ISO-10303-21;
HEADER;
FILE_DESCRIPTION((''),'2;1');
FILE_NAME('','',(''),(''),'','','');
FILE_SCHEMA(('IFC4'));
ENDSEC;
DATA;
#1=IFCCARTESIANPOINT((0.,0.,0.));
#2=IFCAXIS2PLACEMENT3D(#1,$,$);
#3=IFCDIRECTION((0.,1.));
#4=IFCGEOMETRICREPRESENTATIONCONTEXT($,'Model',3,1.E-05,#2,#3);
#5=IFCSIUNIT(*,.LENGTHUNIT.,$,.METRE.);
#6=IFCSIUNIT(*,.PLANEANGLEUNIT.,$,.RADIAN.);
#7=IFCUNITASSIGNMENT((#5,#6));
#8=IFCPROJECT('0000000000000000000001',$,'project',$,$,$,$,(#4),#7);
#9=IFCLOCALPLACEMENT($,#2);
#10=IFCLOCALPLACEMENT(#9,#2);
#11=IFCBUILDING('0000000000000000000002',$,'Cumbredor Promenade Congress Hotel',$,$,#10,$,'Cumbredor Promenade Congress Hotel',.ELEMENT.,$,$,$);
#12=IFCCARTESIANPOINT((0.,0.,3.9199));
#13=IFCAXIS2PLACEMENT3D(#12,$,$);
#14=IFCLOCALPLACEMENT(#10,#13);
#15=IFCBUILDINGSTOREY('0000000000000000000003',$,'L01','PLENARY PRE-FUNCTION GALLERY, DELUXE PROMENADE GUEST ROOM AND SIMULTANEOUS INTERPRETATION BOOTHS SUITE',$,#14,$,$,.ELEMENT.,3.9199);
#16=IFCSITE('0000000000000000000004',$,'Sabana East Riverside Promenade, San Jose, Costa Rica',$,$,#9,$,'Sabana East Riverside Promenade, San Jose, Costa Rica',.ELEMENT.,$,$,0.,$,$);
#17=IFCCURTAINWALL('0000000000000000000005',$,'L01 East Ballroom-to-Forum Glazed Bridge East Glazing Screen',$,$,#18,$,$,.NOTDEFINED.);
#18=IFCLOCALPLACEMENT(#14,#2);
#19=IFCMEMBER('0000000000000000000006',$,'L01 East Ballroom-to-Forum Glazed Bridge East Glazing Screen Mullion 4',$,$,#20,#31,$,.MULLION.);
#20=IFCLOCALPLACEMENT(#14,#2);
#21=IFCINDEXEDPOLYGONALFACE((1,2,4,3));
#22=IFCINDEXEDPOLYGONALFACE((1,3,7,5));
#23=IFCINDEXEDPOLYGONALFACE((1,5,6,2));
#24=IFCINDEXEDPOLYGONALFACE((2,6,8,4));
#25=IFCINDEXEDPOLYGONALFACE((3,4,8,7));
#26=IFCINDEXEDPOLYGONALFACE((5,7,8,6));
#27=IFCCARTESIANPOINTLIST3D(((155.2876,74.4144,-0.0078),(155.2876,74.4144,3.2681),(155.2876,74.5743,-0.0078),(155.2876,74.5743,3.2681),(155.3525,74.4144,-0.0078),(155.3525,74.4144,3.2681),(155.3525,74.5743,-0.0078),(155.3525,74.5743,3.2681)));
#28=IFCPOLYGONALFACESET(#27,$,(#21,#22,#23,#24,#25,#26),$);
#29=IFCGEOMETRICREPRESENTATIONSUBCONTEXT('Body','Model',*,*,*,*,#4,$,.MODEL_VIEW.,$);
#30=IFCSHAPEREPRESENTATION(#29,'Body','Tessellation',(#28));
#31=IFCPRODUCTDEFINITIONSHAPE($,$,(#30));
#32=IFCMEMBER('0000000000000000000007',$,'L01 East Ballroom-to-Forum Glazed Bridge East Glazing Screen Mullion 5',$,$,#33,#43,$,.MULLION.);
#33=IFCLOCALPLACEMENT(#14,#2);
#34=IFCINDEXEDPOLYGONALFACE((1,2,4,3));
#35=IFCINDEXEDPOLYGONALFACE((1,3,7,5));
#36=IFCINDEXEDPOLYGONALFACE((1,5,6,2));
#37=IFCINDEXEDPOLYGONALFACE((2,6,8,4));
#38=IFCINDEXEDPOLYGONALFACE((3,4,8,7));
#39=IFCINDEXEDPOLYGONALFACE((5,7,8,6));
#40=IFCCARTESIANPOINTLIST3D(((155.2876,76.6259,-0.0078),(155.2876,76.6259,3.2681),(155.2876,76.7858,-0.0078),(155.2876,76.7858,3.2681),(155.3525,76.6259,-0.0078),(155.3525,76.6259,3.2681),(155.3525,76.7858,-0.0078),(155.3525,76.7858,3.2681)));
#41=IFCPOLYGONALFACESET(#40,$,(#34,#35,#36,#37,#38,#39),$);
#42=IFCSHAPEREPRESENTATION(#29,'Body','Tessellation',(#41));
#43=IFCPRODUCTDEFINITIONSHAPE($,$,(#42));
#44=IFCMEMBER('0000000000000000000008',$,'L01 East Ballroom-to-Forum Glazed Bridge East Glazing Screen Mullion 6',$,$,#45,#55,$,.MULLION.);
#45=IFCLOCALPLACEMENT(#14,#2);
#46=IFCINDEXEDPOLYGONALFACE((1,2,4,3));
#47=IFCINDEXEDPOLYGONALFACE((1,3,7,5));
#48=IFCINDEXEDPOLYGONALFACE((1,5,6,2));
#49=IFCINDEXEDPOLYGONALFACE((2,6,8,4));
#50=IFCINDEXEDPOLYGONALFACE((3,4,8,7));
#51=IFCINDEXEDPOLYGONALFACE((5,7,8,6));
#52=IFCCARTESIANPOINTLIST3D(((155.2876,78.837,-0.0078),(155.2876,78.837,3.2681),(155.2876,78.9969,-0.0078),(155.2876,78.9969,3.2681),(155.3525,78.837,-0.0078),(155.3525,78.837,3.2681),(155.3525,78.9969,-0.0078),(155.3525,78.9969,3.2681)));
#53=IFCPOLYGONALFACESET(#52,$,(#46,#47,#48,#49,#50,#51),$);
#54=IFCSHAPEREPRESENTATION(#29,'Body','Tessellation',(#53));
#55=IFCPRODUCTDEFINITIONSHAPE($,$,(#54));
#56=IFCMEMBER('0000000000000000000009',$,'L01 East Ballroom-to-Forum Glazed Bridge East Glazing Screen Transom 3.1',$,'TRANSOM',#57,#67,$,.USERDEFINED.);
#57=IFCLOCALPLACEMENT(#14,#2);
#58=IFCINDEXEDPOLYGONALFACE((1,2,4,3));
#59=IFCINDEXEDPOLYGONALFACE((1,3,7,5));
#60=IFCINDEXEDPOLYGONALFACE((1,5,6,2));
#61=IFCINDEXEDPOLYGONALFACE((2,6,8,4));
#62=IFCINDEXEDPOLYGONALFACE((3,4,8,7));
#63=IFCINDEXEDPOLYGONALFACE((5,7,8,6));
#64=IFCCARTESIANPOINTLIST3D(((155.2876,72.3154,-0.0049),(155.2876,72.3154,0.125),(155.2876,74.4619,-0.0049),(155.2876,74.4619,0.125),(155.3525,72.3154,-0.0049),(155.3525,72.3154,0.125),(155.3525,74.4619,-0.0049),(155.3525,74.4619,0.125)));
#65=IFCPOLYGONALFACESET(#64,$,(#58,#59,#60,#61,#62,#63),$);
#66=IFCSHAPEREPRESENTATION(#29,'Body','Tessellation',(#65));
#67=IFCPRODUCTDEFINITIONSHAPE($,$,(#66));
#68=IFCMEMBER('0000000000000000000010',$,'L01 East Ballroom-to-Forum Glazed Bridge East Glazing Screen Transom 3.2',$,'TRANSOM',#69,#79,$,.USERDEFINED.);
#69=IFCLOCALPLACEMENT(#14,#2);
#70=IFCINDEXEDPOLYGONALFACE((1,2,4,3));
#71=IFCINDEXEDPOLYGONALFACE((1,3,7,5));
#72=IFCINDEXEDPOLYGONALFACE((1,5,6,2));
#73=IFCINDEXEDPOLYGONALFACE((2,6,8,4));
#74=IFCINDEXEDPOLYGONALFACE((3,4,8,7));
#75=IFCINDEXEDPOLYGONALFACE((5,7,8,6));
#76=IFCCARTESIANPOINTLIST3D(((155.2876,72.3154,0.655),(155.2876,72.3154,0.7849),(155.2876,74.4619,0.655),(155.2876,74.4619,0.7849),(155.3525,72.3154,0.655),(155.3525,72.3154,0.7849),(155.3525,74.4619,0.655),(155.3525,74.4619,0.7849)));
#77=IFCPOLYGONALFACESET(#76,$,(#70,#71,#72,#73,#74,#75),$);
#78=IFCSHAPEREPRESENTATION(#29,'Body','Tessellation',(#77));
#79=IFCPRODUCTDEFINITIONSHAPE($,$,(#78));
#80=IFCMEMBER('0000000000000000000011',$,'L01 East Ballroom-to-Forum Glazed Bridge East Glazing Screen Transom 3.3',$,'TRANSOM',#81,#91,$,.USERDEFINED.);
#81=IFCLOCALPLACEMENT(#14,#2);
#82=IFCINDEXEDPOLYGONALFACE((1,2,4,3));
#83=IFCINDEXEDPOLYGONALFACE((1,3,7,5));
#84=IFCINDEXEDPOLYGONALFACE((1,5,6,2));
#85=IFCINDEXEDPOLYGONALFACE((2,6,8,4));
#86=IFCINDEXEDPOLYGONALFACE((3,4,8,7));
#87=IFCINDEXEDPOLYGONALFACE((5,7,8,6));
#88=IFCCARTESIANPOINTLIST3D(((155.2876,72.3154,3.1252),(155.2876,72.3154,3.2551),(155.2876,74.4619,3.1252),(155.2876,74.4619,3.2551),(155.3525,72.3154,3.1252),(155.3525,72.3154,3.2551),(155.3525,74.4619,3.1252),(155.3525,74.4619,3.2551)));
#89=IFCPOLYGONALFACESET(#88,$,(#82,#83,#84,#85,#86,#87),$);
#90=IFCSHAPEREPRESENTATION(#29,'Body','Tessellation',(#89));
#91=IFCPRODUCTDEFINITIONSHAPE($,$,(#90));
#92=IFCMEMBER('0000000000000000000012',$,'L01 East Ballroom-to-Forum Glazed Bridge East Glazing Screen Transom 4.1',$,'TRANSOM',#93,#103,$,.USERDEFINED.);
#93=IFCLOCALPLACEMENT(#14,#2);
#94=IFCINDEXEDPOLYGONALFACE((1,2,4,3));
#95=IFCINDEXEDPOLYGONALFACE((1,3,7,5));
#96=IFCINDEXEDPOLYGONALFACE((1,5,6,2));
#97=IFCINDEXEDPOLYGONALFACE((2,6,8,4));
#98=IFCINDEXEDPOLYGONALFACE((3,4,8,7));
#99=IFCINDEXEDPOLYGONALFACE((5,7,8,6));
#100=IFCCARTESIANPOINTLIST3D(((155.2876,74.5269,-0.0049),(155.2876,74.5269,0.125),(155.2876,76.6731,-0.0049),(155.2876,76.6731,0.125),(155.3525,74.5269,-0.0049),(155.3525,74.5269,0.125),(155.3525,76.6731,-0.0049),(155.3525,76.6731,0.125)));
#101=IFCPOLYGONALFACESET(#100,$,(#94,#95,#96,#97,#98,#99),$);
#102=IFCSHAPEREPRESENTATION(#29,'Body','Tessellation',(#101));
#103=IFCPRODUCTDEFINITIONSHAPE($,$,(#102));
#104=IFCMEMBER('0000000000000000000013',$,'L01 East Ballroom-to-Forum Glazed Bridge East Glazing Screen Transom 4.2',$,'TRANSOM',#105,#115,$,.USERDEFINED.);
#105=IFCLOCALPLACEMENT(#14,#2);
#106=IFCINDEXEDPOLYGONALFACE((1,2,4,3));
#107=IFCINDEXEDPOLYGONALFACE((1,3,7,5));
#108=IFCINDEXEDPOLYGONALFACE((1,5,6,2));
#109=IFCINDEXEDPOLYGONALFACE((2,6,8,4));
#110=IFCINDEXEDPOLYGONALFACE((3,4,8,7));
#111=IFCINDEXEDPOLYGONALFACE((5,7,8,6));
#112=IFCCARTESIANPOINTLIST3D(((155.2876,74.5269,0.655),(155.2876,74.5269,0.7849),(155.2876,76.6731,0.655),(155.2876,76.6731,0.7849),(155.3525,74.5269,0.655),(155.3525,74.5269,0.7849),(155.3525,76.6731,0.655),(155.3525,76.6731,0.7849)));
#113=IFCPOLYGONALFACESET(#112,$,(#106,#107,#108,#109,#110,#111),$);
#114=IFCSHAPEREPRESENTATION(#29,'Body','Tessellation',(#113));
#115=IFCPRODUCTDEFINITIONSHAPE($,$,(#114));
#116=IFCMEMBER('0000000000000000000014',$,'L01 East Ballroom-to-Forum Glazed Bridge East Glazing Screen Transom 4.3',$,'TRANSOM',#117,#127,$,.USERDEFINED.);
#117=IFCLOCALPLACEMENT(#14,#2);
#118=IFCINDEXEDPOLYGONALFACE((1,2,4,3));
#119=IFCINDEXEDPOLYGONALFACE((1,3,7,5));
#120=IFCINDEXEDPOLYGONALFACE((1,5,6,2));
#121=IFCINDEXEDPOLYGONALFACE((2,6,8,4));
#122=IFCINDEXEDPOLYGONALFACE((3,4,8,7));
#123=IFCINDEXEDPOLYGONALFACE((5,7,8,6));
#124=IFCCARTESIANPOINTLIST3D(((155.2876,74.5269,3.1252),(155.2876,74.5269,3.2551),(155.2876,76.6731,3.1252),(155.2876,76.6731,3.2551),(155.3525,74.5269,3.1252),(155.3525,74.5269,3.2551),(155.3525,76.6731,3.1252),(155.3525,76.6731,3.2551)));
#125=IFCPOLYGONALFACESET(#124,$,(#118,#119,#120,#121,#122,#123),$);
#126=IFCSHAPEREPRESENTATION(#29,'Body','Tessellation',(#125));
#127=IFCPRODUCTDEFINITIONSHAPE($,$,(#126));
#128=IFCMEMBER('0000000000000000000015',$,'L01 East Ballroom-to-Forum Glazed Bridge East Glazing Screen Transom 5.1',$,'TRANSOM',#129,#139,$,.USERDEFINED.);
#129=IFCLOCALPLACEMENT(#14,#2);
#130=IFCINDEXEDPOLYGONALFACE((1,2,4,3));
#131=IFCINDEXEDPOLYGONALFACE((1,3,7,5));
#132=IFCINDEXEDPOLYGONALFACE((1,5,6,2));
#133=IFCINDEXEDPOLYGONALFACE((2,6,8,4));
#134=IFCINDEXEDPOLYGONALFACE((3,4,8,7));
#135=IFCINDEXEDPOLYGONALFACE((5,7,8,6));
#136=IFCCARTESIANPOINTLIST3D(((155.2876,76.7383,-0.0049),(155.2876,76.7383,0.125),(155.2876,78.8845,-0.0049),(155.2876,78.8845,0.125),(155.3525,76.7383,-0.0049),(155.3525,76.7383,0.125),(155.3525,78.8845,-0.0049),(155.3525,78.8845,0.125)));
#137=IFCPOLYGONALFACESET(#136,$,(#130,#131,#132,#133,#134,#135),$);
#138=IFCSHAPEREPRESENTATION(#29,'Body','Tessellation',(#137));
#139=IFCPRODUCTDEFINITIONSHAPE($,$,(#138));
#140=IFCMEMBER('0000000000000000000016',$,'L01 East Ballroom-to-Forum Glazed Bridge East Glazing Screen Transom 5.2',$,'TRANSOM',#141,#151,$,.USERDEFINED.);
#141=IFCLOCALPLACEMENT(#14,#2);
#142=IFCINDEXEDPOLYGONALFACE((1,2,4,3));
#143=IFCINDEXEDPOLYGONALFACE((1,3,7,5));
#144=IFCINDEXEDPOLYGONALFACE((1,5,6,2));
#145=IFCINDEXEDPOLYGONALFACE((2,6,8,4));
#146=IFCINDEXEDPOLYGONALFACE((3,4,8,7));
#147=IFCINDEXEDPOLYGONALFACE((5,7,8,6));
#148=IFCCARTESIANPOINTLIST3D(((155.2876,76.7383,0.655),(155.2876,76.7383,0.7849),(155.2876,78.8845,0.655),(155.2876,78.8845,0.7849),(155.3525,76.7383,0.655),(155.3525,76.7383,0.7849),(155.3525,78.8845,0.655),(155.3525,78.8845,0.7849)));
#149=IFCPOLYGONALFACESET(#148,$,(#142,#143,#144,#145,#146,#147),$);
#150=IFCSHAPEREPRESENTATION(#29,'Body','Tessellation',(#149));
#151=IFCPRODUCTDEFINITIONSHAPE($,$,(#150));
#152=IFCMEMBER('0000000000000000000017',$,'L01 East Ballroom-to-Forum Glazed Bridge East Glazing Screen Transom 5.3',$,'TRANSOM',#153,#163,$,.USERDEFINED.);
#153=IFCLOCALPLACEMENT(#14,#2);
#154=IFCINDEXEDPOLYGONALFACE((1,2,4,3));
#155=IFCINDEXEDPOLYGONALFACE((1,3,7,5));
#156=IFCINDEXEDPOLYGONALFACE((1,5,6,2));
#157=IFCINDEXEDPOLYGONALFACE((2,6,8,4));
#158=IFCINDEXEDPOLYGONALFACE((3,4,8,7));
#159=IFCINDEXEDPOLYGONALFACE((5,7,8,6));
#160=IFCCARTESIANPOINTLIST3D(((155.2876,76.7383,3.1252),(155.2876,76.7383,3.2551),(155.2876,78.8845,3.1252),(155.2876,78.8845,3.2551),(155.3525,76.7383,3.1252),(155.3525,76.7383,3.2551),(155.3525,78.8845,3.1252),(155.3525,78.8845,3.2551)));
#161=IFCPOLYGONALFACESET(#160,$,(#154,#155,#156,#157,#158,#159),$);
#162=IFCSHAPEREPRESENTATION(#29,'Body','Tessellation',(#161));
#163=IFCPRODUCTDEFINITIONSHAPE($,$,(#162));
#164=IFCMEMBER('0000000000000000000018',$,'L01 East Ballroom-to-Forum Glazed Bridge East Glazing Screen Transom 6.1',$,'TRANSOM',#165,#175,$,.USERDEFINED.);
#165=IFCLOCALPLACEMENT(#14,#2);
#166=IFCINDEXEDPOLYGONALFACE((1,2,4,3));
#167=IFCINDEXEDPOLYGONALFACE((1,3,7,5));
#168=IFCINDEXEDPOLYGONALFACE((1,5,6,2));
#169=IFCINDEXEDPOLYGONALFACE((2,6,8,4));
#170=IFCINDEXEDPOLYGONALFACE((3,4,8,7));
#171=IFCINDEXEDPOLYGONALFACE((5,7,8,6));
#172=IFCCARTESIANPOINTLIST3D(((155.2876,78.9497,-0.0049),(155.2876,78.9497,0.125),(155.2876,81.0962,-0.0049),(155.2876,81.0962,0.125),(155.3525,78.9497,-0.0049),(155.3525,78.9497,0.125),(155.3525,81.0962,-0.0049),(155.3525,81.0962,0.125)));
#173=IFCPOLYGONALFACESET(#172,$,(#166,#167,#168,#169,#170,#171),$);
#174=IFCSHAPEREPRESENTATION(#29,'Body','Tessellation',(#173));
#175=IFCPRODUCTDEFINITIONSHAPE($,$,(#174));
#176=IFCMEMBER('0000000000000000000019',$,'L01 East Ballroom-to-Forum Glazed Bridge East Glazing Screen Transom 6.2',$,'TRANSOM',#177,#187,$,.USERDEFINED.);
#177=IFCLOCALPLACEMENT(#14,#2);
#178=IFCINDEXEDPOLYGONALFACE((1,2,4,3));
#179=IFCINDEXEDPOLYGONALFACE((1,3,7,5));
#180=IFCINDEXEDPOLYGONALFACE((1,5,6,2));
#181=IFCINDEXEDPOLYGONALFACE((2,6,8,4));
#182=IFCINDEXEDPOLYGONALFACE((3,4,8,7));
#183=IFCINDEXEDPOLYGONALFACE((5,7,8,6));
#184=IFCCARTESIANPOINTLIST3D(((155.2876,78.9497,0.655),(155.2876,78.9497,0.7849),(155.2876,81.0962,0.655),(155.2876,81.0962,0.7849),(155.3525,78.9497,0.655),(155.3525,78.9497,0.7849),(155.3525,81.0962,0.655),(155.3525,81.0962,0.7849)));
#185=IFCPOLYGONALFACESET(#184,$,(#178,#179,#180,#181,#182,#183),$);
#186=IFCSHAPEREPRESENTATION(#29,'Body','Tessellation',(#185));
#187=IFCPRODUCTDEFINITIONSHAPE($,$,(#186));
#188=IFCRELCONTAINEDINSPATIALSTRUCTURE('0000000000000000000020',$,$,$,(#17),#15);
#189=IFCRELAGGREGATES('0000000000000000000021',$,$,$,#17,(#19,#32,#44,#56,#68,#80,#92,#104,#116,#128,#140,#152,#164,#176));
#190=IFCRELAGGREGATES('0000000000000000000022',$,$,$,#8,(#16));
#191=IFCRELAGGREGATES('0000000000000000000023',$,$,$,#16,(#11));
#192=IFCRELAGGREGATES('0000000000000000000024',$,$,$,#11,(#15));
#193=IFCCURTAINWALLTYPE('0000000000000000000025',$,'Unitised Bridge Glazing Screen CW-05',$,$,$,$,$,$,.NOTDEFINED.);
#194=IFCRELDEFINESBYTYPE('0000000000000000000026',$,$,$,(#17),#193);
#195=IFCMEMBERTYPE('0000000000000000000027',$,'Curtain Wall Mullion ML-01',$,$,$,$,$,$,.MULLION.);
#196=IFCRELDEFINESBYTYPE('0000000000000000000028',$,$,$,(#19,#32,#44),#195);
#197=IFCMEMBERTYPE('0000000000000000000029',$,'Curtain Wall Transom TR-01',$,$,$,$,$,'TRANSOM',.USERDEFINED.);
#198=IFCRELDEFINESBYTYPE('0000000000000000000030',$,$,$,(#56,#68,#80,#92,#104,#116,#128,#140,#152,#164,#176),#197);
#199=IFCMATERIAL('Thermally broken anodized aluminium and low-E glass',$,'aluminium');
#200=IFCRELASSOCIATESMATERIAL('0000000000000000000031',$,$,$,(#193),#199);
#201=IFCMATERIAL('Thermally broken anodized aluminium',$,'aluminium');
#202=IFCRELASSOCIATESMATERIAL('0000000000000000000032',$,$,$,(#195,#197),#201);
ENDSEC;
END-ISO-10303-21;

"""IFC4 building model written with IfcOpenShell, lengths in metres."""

from ifc_helpers import new_model, si_unit, direction, frame, origin, origin_2d, place, context, subcontext, project, spatial, rectangle, extrude, material, material_profile, profile_set, type_object, element, aggregate, save


model = new_model("IFC4")

# Units and contexts
model_context = context("Model", 3, precision=1e-05, world=origin(), true_north=direction((0.0, 1.0)))
body_context = subcontext(model_context, "Body", "Model", "MODEL_VIEW")
ifc_project = project(units=[si_unit("LENGTHUNIT", "METRE"), si_unit("PLANEANGLEUNIT", "RADIAN")], contexts=[model_context])

# Site, building, storey
site_placement = place(None, origin())
site = spatial("IfcSite", under=ifc_project, at=site_placement, Name="Sabana East Riverside Promenade, San Jose, Costa Rica", LongName="Sabana East Riverside Promenade, San Jose, Costa Rica", CompositionType="ELEMENT", RefElevation=0.0)
building_placement = place(site_placement, origin())
building = spatial("IfcBuilding", under=site, at=building_placement, Name="Cumbredor Promenade Congress Hotel", LongName="Cumbredor Promenade Congress Hotel", CompositionType="ELEMENT")
storey_placement = place(building_placement, frame((0.0, 0.0, 3.9199)))
storey = spatial("IfcBuildingStorey", under=building, at=storey_placement, Name="L01", Description="PLENARY PRE-FUNCTION GALLERY, DELUXE PROMENADE GUEST ROOM AND SIMULTANEOUS INTERPRETATION BOOTHS SUITE", CompositionType="ELEMENT", Elevation=3.9199)

# Curtain wall, members
ifc_material_1 = material(Name="Thermally broken anodized aluminium and low-E glass", Category="aluminium")
curtain_wall_type = type_object("IfcCurtainWallType", Name="Unitised Bridge Glazing Screen CW-05", PredefinedType="NOTDEFINED", material=ifc_material_1)
curtain_wall_placement = place(storey_placement, origin())
curtain_wall = element("IfcCurtainWall", 1, at=curtain_wall_placement, inside=storey, type_object=curtain_wall_type, Name="L01 East Ballroom-to-Forum Glazed Bridge East Glazing Screen", PredefinedType="NOTDEFINED")
ifc_material_2 = material(Name="Thermally broken anodized aluminium", Category="aluminium")
ifc_material_profile_1 = material_profile(ifc_material_2, rectangle(XDim=0.0649, YDim=0.1599, at=origin_2d()), Name="ALU MULLION 65x160")
ifc_profile_set_1 = profile_set([ifc_material_profile_1], Name="Thermally broken anodized aluminium")
member_type_1 = type_object("IfcMemberType", Name="Curtain Wall Mullion ML-01", PredefinedType="MULLION", material=ifc_profile_set_1)
member_1_placement = place(storey_placement, frame((155.3201, 74.4944, -0.0078), z_axis=(0.0, 0.0, 1.0), x_axis=(1.0, 0.0, 0.0)))
member_1 = element("IfcMember", 2, at=member_1_placement, type_object=member_type_1, Name="L01 East Ballroom-to-Forum Glazed Bridge East Glazing Screen Mullion 4", PredefinedType="MULLION", context=body_context, shape_type="SweptSolid", body=[
    extrude(rectangle(XDim=0.0649, YDim=0.1599, at=origin_2d()), origin(), (0.0, 0.0, 1.0), 3.2759),
])
member_2_placement = place(storey_placement, frame((155.3201, 76.7058, -0.0078), z_axis=(0.0, 0.0, 1.0), x_axis=(1.0, 0.0, 0.0)))
member_2 = element("IfcMember", 3, at=member_2_placement, type_object=member_type_1, Name="L01 East Ballroom-to-Forum Glazed Bridge East Glazing Screen Mullion 5", PredefinedType="MULLION", context=body_context, shape_type="SweptSolid", body=[
    extrude(rectangle(XDim=0.0649, YDim=0.1599, at=origin_2d()), origin(), (0.0, 0.0, 1.0), 3.2759),
])
member_3_placement = place(storey_placement, frame((155.3201, 78.917, -0.0078), z_axis=(0.0, 0.0, 1.0), x_axis=(1.0, 0.0, 0.0)))
member_3 = element("IfcMember", 4, at=member_3_placement, type_object=member_type_1, Name="L01 East Ballroom-to-Forum Glazed Bridge East Glazing Screen Mullion 6", PredefinedType="MULLION", context=body_context, shape_type="SweptSolid", body=[
    extrude(rectangle(XDim=0.0649, YDim=0.1599, at=origin_2d()), origin(), (0.0, 0.0, 1.0), 3.2759),
])
ifc_material_profile_2 = material_profile(ifc_material_2, rectangle(XDim=0.0649, YDim=0.1299, at=origin_2d()), Name="ALU TRANSOM 65x130")
ifc_profile_set_2 = profile_set([ifc_material_profile_2], Name="Thermally broken anodized aluminium")
member_type_2 = type_object("IfcMemberType", Name="Curtain Wall Transom TR-01", ElementType="TRANSOM", PredefinedType="USERDEFINED", material=ifc_profile_set_2)
member_4_placement = place(storey_placement, frame((155.3201, 72.3154, 0.0601), z_axis=(0.0, 1.0, 0.0), x_axis=(-1.0, 0.0, 0.0)))
member_4 = element("IfcMember", 5, at=member_4_placement, type_object=member_type_2, Name="L01 East Ballroom-to-Forum Glazed Bridge East Glazing Screen Transom 3.1", ObjectType="TRANSOM", PredefinedType="USERDEFINED", context=body_context, shape_type="SweptSolid", body=[
    extrude(rectangle(XDim=0.0649, YDim=0.1299, at=origin_2d()), origin(), (0.0, 0.0, 1.0), 2.1465),
])
member_5_placement = place(storey_placement, frame((155.3201, 72.3154, 0.72), z_axis=(0.0, 1.0, 0.0), x_axis=(-1.0, 0.0, 0.0)))
member_5 = element("IfcMember", 6, at=member_5_placement, type_object=member_type_2, Name="L01 East Ballroom-to-Forum Glazed Bridge East Glazing Screen Transom 3.2", ObjectType="TRANSOM", PredefinedType="USERDEFINED", context=body_context, shape_type="SweptSolid", body=[
    extrude(rectangle(XDim=0.0649, YDim=0.1299, at=origin_2d()), origin(), (0.0, 0.0, 1.0), 2.1465),
])
member_6_placement = place(storey_placement, frame((155.3201, 72.3154, 3.1902), z_axis=(0.0, 1.0, 0.0), x_axis=(-1.0, 0.0, 0.0)))
member_6 = element("IfcMember", 7, at=member_6_placement, type_object=member_type_2, Name="L01 East Ballroom-to-Forum Glazed Bridge East Glazing Screen Transom 3.3", ObjectType="TRANSOM", PredefinedType="USERDEFINED", context=body_context, shape_type="SweptSolid", body=[
    extrude(rectangle(XDim=0.0649, YDim=0.1299, at=origin_2d()), origin(), (0.0, 0.0, 1.0), 2.1465),
])
member_7_placement = place(storey_placement, frame((155.3201, 74.5269, 0.0601), z_axis=(0.0, 1.0, 0.0), x_axis=(-1.0, 0.0, 0.0)))
member_7 = element("IfcMember", 8, at=member_7_placement, type_object=member_type_2, Name="L01 East Ballroom-to-Forum Glazed Bridge East Glazing Screen Transom 4.1", ObjectType="TRANSOM", PredefinedType="USERDEFINED", context=body_context, shape_type="SweptSolid", body=[
    extrude(rectangle(XDim=0.0649, YDim=0.1299, at=origin_2d()), origin(), (0.0, 0.0, 1.0), 2.1462),
])
member_8_placement = place(storey_placement, frame((155.3201, 74.5269, 0.72), z_axis=(0.0, 1.0, 0.0), x_axis=(-1.0, 0.0, 0.0)))
member_8 = element("IfcMember", 9, at=member_8_placement, type_object=member_type_2, Name="L01 East Ballroom-to-Forum Glazed Bridge East Glazing Screen Transom 4.2", ObjectType="TRANSOM", PredefinedType="USERDEFINED", context=body_context, shape_type="SweptSolid", body=[
    extrude(rectangle(XDim=0.0649, YDim=0.1299, at=origin_2d()), origin(), (0.0, 0.0, 1.0), 2.1462),
])
member_9_placement = place(storey_placement, frame((155.3201, 74.5269, 3.1902), z_axis=(0.0, 1.0, 0.0), x_axis=(-1.0, 0.0, 0.0)))
member_9 = element("IfcMember", 10, at=member_9_placement, type_object=member_type_2, Name="L01 East Ballroom-to-Forum Glazed Bridge East Glazing Screen Transom 4.3", ObjectType="TRANSOM", PredefinedType="USERDEFINED", context=body_context, shape_type="SweptSolid", body=[
    extrude(rectangle(XDim=0.0649, YDim=0.1299, at=origin_2d()), origin(), (0.0, 0.0, 1.0), 2.1462),
])
member_10_placement = place(storey_placement, frame((155.3201, 76.7383, 0.0601), z_axis=(0.0, 1.0, 0.0), x_axis=(-1.0, 0.0, 0.0)))
member_10 = element("IfcMember", 11, at=member_10_placement, type_object=member_type_2, Name="L01 East Ballroom-to-Forum Glazed Bridge East Glazing Screen Transom 5.1", ObjectType="TRANSOM", PredefinedType="USERDEFINED", context=body_context, shape_type="SweptSolid", body=[
    extrude(rectangle(XDim=0.0649, YDim=0.1299, at=origin_2d()), origin(), (0.0, 0.0, 1.0), 2.1462),
])
member_11_placement = place(storey_placement, frame((155.3201, 76.7383, 0.72), z_axis=(0.0, 1.0, 0.0), x_axis=(-1.0, 0.0, 0.0)))
member_11 = element("IfcMember", 12, at=member_11_placement, type_object=member_type_2, Name="L01 East Ballroom-to-Forum Glazed Bridge East Glazing Screen Transom 5.2", ObjectType="TRANSOM", PredefinedType="USERDEFINED", context=body_context, shape_type="SweptSolid", body=[
    extrude(rectangle(XDim=0.0649, YDim=0.1299, at=origin_2d()), origin(), (0.0, 0.0, 1.0), 2.1462),
])
member_12_placement = place(storey_placement, frame((155.3201, 76.7383, 3.1902), z_axis=(0.0, 1.0, 0.0), x_axis=(-1.0, 0.0, 0.0)))
member_12 = element("IfcMember", 13, at=member_12_placement, type_object=member_type_2, Name="L01 East Ballroom-to-Forum Glazed Bridge East Glazing Screen Transom 5.3", ObjectType="TRANSOM", PredefinedType="USERDEFINED", context=body_context, shape_type="SweptSolid", body=[
    extrude(rectangle(XDim=0.0649, YDim=0.1299, at=origin_2d()), origin(), (0.0, 0.0, 1.0), 2.1462),
])
member_13_placement = place(storey_placement, frame((155.3201, 78.9497, 0.0601), z_axis=(0.0, 1.0, 0.0), x_axis=(-1.0, 0.0, 0.0)))
member_13 = element("IfcMember", 14, at=member_13_placement, type_object=member_type_2, Name="L01 East Ballroom-to-Forum Glazed Bridge East Glazing Screen Transom 6.1", ObjectType="TRANSOM", PredefinedType="USERDEFINED", context=body_context, shape_type="SweptSolid", body=[
    extrude(rectangle(XDim=0.0649, YDim=0.1299, at=origin_2d()), origin(), (0.0, 0.0, 1.0), 2.1465),
])
member_14_placement = place(storey_placement, frame((155.3201, 78.9497, 0.72), z_axis=(0.0, 1.0, 0.0), x_axis=(-1.0, 0.0, 0.0)))
member_14 = element("IfcMember", 15, at=member_14_placement, type_object=member_type_2, Name="L01 East Ballroom-to-Forum Glazed Bridge East Glazing Screen Transom 6.2", ObjectType="TRANSOM", PredefinedType="USERDEFINED", context=body_context, shape_type="SweptSolid", body=[
    extrude(rectangle(XDim=0.0649, YDim=0.1299, at=origin_2d()), origin(), (0.0, 0.0, 1.0), 2.1465),
])
aggregate(curtain_wall, [member_1, member_2, member_3, member_4, member_5, member_6, member_7, member_8, member_9, member_10, member_11, member_12, member_13, member_14])

save(model, "model.ifc")
